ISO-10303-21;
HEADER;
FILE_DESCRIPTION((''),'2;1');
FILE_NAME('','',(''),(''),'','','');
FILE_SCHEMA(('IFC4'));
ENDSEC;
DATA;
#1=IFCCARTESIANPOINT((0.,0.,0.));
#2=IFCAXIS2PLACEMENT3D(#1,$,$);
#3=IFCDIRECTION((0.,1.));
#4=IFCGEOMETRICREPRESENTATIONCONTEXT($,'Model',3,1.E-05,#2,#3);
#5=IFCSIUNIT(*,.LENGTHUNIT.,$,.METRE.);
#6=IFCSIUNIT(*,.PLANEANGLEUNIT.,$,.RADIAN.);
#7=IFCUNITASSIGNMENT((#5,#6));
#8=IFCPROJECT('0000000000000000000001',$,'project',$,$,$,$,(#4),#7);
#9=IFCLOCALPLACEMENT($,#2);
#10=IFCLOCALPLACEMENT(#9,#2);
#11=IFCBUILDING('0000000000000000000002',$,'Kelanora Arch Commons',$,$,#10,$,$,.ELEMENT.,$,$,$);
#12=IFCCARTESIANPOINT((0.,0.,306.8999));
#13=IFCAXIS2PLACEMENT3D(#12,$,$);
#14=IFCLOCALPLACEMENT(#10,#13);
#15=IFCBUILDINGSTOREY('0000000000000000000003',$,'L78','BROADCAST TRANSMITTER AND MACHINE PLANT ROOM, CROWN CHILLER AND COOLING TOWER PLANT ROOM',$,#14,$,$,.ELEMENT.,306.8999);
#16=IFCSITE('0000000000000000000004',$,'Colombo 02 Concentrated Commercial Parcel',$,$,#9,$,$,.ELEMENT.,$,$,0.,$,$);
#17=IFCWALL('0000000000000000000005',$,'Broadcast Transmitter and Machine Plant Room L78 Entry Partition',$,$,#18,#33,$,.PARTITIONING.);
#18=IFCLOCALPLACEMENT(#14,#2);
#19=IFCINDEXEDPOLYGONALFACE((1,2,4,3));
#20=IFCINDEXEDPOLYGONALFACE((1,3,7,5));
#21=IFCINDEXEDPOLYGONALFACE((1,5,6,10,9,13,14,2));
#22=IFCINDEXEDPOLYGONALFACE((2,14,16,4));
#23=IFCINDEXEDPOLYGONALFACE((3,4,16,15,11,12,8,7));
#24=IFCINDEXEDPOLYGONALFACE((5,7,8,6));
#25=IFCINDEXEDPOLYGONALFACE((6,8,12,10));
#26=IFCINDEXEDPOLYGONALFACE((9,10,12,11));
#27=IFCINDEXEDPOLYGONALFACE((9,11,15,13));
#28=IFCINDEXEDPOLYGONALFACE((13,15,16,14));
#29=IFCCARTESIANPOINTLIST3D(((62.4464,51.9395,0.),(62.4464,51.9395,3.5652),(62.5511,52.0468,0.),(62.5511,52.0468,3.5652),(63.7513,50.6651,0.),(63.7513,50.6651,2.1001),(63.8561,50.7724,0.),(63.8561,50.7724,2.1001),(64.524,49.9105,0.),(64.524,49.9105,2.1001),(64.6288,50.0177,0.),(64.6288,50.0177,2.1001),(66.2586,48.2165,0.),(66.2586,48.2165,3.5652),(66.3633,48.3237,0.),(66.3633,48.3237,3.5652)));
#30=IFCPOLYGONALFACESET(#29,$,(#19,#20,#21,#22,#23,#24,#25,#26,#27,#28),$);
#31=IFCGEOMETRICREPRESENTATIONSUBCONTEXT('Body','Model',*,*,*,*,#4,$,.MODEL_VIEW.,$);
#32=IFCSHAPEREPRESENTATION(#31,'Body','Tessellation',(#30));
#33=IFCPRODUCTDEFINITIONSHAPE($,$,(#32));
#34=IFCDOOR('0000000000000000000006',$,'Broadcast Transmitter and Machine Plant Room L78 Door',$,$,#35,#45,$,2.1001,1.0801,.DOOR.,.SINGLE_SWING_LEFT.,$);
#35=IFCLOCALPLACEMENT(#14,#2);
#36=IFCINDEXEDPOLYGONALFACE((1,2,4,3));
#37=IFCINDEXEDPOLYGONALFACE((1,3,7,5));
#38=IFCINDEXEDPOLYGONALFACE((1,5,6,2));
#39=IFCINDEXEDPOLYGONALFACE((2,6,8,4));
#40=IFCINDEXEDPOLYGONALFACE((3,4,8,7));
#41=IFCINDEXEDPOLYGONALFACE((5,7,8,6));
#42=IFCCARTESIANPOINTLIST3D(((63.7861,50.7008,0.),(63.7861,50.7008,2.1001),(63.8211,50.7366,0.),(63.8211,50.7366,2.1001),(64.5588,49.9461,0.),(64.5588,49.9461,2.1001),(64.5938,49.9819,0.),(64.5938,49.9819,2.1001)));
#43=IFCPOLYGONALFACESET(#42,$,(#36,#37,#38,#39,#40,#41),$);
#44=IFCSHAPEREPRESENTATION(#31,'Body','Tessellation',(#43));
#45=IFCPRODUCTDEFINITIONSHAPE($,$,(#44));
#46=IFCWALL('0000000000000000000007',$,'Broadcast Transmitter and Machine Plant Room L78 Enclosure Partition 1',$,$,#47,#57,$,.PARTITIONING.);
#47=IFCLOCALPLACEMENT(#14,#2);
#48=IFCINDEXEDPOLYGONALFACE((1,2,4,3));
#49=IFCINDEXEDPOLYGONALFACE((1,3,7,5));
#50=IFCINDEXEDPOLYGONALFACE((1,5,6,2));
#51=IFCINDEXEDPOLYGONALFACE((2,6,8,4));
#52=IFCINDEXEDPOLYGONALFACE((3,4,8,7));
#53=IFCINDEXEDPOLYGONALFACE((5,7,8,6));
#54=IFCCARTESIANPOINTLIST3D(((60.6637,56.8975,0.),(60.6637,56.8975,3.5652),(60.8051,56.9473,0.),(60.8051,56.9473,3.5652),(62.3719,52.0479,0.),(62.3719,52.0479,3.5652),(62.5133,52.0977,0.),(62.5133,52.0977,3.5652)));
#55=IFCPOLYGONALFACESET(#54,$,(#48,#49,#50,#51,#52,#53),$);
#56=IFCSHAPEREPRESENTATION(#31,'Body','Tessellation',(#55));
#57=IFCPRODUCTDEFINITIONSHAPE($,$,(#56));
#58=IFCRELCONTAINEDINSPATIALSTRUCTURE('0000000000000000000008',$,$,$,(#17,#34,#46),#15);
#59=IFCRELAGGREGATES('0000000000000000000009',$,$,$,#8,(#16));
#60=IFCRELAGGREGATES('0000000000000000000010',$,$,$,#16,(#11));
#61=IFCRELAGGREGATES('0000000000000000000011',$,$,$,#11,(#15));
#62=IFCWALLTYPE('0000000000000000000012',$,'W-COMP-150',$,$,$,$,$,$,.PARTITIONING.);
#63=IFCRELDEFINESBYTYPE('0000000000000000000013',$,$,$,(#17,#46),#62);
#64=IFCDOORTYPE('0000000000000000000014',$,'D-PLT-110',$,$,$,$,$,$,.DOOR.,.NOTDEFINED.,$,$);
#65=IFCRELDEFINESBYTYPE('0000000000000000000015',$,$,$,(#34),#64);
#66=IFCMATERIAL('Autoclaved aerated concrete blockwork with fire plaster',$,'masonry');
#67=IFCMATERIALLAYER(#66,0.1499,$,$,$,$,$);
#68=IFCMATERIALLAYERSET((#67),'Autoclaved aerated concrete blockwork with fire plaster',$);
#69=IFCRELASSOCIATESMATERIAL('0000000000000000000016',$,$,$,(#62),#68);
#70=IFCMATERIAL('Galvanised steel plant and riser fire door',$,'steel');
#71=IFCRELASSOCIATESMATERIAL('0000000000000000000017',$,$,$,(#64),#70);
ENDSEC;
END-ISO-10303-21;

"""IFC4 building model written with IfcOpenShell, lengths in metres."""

from ifc_helpers import new_model, si_unit, direction, frame, frame_2d, origin, place, context, subcontext, project, spatial, rectangle, extrude, material, layer, layer_set, type_object, element, fill, save


model = new_model("IFC4")

# Units and contexts
model_context = context("Model", 3, precision=1e-05, world=origin(), true_north=direction((0.0, 1.0)))
body_context = subcontext(model_context, "Body", "Model", "MODEL_VIEW")
ifc_project = project(units=[si_unit("LENGTHUNIT", "METRE"), si_unit("PLANEANGLEUNIT", "RADIAN")], contexts=[model_context])

# Site, building, storey
site_placement = place(None, origin())
site = spatial("IfcSite", under=ifc_project, at=site_placement, Name="Colombo 02 Concentrated Commercial Parcel", CompositionType="ELEMENT", RefElevation=0.0)
building_placement = place(site_placement, origin())
building = spatial("IfcBuilding", under=site, at=building_placement, Name="Kelanora Arch Commons", CompositionType="ELEMENT")
storey_placement = place(building_placement, frame((0.0, 0.0, 306.8999)))
storey = spatial("IfcBuildingStorey", under=building, at=storey_placement, Name="L78", Description="BROADCAST TRANSMITTER AND MACHINE PLANT ROOM, CROWN CHILLER AND COOLING TOWER PLANT ROOM", CompositionType="ELEMENT", Elevation=306.8999)

# Wall, opening, door
ifc_material_1 = material(Name="Autoclaved aerated concrete blockwork with fire plaster", Category="masonry")
ifc_layer_1 = layer(ifc_material_1, 0.1499)
ifc_layer_set_1 = layer_set([ifc_layer_1], Name="Autoclaved aerated concrete blockwork with fire plaster")
wall_type = type_object("IfcWallType", Name="W-COMP-150", PredefinedType="PARTITIONING", material=ifc_layer_set_1)
wall_1_placement = place(storey_placement, frame((62.4988, 51.9932, 0.0), z_axis=(0.0, 0.0, 1.0), x_axis=(0.715419, -0.698696, 0.0)))
wall_1 = element("IfcWall", 1, at=wall_1_placement, inside=storey, type_object=wall_type, Name="Broadcast Transmitter and Machine Plant Room L78 Entry Partition", PredefinedType="PARTITIONING", context=body_context, shape_type="SweptSolid", body=[
    extrude(rectangle(XDim=5.3286, YDim=0.1499, at=frame_2d((2.6643, 0.0))), origin(), (0.0, 0.0, 1.0), 3.5652),
])
opening_placement = place(wall_1_placement, frame((1.824, 0.0, 0.0)))
opening = element("IfcOpeningElement", 2, at=opening_placement, cuts=wall_1, PredefinedType="OPENING", context=body_context, shape_type="SweptSolid", body=[
    extrude(rectangle(XDim=1.0801, YDim=2.1001, at=frame_2d((0.54, 1.05))), frame((0.0, 0.085, 0.0), z_axis=(0.0, -1.0, 0.0), x_axis=(1.0, 0.0, 0.0)), (0.0, 0.0, 1.0), 0.1699),
])
ifc_material_2 = material(Name="Galvanised steel plant and riser fire door", Category="steel")
door_type = type_object("IfcDoorType", Name="D-PLT-110", OperationType="NOTDEFINED", PredefinedType="DOOR", material=ifc_material_2)
door_placement = place(opening_placement, origin())
door = element("IfcDoor", 3, at=door_placement, inside=storey, type_object=door_type, Name="Broadcast Transmitter and Machine Plant Room L78 Door", OperationType="SINGLE_SWING_LEFT", OverallHeight=2.1001, OverallWidth=1.0801, PredefinedType="DOOR", context=body_context, shape_type="SweptSolid", body=[
    extrude(rectangle(XDim=1.0801, YDim=2.1001, at=frame_2d((0.54, 1.05))), frame((0.0, 0.0249, 0.0), z_axis=(0.0, -1.0, 0.0), x_axis=(1.0, 0.0, 0.0)), (0.0, 0.0, 1.0), 0.05),
])
fill(opening, door)

# Wall
wall_2_placement = place(storey_placement, frame((60.7344, 56.9224, 0.0), z_axis=(0.0, 0.0, 1.0), x_axis=(0.332236, -0.943196, 0.0)))
element("IfcWall", 4, at=wall_2_placement, inside=storey, type_object=wall_type, Name="Broadcast Transmitter and Machine Plant Room L78 Enclosure Partition 1", PredefinedType="PARTITIONING", context=body_context, shape_type="SweptSolid", body=[
    extrude(rectangle(XDim=5.1416, YDim=0.1499, at=frame_2d((2.5708, 0.0))), origin(), (0.0, 0.0, 1.0), 3.5652),
])

save(model, "model.ifc")
